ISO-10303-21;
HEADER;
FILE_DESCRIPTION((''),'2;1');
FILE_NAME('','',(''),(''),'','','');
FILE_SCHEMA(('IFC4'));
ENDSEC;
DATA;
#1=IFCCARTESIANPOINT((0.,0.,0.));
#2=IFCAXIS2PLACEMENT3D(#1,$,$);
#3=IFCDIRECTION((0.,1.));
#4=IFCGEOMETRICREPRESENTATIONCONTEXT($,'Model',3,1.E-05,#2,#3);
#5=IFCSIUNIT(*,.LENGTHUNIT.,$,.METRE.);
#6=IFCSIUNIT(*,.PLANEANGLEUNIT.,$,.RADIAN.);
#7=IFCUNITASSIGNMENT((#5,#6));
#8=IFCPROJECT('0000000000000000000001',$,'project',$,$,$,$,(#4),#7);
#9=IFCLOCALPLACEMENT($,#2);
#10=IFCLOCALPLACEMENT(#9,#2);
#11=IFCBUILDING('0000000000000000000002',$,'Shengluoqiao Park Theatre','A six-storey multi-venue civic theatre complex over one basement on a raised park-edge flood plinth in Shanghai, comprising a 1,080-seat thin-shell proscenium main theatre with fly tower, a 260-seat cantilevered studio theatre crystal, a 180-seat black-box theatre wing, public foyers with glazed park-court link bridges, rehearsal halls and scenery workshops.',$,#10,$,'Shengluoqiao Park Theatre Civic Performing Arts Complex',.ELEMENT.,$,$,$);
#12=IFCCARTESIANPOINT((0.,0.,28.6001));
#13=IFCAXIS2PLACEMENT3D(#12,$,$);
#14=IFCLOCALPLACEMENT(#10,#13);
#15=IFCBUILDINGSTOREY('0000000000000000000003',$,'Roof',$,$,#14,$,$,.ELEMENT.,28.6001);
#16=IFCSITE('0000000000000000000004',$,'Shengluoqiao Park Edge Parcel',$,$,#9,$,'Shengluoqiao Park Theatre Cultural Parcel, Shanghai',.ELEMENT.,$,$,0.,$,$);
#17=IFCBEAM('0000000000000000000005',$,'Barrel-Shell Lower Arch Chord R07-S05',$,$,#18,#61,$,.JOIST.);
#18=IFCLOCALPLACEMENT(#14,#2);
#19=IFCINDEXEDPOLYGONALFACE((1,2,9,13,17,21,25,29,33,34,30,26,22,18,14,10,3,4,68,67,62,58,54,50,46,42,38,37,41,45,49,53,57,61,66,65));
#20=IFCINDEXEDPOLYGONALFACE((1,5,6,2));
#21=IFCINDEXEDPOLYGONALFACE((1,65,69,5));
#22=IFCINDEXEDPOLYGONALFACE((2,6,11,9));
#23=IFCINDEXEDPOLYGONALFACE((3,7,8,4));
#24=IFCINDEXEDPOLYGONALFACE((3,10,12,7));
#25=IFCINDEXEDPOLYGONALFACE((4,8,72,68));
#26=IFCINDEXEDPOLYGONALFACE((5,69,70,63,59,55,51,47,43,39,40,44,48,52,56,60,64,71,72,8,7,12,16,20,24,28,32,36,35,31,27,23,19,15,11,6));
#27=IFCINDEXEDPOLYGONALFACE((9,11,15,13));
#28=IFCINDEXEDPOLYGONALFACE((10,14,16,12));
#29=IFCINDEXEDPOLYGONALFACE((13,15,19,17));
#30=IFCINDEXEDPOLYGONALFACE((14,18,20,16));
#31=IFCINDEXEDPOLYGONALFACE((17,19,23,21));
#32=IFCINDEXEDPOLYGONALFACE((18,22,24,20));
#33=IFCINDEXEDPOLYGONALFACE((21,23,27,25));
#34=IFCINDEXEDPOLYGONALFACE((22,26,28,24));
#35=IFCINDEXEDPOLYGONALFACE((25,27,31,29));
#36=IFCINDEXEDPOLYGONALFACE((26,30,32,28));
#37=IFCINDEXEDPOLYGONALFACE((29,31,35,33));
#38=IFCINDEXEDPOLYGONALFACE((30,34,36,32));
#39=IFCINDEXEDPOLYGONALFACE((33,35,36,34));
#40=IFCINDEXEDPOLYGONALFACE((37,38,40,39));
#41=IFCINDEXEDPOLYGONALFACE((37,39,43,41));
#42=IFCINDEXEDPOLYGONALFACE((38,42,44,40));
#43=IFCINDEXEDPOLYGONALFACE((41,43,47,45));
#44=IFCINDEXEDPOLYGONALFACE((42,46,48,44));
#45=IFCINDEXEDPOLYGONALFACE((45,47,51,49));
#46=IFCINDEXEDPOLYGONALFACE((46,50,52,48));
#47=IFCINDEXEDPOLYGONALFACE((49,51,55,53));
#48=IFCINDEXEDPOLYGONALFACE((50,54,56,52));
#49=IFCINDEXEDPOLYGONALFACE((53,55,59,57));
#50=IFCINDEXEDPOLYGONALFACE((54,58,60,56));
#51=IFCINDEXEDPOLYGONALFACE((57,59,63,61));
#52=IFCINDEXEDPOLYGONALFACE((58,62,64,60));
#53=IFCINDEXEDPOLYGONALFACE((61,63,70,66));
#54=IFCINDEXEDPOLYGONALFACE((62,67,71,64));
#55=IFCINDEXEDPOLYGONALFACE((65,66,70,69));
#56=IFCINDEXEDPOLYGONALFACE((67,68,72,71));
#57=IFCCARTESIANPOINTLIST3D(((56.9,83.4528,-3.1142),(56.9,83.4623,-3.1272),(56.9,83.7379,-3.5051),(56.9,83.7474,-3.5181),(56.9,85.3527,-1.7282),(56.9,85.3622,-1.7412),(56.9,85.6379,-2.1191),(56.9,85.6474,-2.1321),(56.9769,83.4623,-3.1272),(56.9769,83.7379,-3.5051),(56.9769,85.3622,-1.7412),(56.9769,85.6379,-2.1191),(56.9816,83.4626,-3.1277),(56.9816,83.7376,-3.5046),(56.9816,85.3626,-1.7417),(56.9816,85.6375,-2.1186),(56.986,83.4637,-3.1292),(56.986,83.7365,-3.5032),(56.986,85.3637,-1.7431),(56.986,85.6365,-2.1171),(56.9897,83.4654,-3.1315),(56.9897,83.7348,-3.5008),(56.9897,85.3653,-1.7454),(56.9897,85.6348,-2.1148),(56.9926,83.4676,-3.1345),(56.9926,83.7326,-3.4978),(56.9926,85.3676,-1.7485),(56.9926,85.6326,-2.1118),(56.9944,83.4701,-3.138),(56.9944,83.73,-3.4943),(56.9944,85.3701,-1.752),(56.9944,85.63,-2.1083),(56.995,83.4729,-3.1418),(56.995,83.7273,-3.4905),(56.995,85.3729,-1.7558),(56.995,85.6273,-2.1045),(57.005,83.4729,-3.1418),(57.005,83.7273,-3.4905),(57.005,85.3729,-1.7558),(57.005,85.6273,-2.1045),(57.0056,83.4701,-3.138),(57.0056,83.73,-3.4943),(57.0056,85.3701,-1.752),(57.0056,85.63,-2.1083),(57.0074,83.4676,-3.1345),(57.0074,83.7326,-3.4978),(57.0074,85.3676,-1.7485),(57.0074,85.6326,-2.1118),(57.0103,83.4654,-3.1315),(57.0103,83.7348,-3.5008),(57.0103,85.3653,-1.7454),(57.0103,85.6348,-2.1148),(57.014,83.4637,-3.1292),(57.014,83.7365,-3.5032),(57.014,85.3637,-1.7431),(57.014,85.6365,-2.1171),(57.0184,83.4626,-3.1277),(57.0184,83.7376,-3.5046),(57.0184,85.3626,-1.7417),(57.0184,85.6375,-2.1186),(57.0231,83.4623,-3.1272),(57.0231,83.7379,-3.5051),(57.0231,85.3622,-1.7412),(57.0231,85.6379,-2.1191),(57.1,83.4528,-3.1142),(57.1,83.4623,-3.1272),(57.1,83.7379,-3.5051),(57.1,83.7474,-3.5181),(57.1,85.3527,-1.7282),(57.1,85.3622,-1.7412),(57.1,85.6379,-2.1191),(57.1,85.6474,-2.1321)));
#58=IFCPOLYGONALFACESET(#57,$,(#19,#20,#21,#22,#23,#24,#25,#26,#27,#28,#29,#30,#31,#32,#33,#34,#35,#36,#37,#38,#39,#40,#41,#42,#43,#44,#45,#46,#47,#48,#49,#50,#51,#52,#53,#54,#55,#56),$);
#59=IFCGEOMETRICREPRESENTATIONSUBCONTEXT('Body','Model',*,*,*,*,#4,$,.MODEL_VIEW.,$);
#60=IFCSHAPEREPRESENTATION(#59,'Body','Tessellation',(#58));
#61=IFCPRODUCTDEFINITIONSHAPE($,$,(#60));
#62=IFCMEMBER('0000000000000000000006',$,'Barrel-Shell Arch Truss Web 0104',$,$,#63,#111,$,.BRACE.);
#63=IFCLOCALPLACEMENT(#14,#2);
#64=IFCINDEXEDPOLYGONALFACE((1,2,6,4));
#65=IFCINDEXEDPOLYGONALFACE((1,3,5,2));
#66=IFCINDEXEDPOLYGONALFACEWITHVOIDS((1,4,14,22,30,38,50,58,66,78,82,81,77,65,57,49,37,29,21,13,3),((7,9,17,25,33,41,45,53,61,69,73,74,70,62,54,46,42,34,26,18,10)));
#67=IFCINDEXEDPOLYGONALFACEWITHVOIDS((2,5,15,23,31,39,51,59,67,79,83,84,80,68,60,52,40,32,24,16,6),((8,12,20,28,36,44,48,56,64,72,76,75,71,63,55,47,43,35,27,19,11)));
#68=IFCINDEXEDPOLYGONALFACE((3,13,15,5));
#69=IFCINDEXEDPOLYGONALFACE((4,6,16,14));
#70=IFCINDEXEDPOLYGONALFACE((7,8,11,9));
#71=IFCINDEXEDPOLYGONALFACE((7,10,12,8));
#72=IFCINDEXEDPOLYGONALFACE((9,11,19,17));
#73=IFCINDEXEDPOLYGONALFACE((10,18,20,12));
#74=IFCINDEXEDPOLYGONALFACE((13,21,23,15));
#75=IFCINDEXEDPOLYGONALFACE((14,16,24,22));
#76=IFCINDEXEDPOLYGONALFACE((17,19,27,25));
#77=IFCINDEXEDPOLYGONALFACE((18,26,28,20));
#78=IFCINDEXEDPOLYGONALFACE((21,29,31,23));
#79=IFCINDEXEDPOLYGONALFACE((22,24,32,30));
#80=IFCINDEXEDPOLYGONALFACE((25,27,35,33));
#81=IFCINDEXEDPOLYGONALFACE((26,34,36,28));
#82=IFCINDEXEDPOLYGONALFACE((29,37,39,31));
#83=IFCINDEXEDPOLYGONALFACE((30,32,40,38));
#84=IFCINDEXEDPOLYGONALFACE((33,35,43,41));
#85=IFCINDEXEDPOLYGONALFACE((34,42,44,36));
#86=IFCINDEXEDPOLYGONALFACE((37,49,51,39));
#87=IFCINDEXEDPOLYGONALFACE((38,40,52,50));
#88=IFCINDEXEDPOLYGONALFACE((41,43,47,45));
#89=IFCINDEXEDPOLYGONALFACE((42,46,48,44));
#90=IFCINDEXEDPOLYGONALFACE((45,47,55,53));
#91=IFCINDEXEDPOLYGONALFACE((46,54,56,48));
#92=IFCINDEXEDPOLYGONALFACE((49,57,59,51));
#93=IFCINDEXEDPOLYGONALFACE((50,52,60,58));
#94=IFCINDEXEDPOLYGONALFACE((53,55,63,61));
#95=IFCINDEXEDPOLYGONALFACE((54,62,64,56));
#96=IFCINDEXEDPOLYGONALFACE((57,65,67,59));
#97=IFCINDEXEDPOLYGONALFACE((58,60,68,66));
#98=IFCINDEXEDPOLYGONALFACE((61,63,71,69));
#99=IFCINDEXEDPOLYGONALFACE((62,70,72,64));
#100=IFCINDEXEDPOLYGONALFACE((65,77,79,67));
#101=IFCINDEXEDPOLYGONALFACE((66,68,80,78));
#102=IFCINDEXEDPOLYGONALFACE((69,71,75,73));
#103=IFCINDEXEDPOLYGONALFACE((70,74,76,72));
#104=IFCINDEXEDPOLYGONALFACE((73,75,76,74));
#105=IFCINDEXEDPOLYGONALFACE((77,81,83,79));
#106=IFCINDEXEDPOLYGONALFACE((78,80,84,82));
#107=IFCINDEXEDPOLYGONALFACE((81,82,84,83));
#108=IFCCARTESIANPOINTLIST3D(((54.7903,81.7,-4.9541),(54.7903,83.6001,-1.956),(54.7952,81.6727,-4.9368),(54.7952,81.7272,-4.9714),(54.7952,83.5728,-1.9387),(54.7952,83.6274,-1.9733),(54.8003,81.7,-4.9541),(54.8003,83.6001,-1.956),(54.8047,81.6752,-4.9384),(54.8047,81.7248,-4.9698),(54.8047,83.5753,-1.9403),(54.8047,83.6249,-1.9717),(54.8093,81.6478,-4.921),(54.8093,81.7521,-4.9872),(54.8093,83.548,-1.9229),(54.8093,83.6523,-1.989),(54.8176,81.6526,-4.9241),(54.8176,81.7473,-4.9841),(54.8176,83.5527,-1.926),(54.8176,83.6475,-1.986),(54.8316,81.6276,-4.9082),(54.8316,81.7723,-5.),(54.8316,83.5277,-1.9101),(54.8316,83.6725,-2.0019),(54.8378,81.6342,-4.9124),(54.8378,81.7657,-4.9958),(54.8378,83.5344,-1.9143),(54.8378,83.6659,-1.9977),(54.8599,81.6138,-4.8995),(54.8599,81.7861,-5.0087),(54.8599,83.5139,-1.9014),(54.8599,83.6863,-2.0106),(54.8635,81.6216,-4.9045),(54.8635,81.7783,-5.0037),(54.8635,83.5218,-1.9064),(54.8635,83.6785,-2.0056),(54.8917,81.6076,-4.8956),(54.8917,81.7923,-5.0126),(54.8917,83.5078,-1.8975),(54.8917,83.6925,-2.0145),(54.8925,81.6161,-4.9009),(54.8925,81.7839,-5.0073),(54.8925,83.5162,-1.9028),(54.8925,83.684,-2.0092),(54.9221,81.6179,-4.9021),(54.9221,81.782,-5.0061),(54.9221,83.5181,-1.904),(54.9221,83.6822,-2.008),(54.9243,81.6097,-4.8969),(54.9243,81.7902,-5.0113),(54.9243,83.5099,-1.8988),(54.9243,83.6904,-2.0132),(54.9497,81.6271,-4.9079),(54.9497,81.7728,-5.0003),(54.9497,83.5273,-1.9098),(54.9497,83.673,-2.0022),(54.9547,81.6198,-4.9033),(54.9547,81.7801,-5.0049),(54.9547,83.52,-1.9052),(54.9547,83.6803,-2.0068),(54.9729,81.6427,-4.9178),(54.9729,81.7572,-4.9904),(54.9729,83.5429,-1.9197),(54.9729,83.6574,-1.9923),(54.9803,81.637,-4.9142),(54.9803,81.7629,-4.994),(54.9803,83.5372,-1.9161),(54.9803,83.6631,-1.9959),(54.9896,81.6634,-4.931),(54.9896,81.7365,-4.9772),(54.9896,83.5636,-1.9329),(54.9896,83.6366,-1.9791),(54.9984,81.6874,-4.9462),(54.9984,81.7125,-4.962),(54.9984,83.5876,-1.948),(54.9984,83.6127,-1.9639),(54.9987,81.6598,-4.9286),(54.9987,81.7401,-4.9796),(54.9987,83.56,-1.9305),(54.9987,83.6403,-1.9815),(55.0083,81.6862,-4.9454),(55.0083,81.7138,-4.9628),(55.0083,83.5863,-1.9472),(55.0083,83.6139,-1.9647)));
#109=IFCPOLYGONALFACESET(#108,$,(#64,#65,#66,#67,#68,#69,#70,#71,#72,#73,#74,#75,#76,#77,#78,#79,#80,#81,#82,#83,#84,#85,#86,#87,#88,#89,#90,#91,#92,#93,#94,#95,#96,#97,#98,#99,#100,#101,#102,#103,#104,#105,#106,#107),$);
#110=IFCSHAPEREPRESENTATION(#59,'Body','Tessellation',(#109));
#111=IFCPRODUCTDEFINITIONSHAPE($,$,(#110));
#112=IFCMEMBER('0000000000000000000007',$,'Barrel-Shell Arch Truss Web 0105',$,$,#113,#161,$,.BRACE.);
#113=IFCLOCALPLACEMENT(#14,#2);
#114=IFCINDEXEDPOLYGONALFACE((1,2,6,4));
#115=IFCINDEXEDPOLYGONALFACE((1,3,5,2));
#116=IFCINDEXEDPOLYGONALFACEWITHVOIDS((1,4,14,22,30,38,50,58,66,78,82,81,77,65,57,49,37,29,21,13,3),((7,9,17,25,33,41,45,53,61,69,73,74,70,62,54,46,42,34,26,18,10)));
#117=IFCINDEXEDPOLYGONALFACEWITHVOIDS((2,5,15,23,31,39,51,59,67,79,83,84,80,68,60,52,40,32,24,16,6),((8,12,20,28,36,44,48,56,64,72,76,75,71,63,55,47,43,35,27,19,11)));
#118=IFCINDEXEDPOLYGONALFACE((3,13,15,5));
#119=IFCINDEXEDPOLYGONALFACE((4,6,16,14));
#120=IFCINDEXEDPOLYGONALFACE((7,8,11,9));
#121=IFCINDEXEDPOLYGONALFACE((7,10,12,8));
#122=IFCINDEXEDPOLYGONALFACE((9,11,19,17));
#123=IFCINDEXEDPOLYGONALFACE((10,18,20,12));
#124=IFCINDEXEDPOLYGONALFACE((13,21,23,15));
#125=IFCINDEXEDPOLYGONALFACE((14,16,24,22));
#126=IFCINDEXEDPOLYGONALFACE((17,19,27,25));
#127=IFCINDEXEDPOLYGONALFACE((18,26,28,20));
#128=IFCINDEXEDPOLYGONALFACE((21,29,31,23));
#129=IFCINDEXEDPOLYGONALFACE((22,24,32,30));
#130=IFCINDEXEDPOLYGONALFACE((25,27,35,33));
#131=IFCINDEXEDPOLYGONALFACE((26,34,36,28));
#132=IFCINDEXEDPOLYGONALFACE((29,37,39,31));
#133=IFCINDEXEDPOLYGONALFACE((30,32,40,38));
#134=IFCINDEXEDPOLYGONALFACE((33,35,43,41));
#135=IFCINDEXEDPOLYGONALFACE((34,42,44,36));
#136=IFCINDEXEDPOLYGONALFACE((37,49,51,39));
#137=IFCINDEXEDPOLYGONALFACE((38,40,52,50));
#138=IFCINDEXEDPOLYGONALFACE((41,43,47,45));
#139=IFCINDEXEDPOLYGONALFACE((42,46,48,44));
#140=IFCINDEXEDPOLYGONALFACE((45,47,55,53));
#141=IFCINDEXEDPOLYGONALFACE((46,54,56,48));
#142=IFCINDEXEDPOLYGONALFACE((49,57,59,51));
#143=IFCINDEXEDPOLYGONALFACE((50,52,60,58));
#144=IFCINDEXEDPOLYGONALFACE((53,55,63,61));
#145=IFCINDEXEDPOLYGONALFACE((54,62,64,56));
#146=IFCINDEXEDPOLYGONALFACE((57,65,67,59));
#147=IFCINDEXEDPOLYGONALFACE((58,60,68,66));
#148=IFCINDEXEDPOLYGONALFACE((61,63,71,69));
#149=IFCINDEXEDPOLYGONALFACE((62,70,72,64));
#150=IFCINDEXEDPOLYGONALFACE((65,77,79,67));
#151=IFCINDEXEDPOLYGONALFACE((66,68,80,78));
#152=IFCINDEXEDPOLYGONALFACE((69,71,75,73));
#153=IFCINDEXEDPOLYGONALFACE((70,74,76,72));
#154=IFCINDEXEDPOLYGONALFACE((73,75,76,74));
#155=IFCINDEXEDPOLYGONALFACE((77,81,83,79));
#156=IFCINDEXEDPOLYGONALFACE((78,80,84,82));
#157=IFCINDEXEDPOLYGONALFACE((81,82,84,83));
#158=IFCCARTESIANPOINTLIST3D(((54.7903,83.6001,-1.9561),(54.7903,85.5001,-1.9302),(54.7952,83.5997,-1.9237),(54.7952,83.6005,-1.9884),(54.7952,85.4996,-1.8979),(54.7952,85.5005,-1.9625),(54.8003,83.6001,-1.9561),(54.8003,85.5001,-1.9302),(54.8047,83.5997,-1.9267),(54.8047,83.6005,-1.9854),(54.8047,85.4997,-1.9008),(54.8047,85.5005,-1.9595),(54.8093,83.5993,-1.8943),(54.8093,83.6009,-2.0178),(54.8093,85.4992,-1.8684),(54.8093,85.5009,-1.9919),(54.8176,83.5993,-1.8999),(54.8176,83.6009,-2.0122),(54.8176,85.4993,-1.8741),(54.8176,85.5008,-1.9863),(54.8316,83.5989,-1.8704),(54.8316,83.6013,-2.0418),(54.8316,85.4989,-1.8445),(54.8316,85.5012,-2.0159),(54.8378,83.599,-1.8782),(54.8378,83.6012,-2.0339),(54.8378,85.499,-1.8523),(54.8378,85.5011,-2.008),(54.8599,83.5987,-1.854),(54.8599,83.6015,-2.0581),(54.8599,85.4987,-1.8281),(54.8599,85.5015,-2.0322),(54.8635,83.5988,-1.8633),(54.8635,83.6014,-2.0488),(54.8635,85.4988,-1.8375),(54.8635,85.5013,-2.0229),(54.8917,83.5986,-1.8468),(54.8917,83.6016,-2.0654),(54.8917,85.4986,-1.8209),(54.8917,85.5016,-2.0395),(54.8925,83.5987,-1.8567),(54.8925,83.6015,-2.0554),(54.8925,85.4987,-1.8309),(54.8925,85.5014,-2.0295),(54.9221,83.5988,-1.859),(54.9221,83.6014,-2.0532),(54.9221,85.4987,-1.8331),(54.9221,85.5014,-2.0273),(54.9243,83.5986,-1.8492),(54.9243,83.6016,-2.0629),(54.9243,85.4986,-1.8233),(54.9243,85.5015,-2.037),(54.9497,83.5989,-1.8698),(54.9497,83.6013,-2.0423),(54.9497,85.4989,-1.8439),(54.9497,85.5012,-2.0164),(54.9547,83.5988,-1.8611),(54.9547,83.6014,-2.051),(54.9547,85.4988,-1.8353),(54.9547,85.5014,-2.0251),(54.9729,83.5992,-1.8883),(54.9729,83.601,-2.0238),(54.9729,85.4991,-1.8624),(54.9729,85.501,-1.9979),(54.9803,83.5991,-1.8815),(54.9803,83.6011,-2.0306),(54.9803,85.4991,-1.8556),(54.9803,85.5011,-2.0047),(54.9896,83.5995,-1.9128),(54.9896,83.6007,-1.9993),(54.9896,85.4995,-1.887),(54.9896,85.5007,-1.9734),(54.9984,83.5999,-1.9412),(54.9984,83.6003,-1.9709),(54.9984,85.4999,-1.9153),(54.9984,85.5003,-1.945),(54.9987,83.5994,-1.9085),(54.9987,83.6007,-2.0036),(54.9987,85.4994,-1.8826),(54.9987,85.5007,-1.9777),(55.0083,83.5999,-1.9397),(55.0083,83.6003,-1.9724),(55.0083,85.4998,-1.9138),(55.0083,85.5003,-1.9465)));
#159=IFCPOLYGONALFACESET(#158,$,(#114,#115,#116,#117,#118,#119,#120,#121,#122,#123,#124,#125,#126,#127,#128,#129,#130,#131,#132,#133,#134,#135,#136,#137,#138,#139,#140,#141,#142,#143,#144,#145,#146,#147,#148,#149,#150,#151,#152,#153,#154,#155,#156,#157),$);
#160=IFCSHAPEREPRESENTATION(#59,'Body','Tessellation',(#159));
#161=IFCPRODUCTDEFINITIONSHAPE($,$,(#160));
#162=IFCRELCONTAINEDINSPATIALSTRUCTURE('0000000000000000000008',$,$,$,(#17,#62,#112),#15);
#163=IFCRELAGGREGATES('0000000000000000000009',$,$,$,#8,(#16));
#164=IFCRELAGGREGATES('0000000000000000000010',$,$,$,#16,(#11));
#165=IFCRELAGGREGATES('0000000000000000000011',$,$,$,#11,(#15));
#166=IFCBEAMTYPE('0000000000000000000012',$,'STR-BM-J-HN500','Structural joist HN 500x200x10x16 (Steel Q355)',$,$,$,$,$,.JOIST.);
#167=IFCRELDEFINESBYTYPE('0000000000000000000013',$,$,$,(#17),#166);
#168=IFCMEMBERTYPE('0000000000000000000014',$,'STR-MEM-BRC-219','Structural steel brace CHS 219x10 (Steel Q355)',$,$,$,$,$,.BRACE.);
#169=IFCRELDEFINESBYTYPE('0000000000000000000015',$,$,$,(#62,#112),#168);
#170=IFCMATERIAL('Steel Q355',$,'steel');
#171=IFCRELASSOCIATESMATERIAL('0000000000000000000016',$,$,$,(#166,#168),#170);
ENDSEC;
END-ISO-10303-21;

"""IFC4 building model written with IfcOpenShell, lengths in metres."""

from ifc_helpers import new_model, si_unit, direction, frame, origin, origin_2d, place, context, subcontext, project, spatial, hollow_circle, i_section, extrude, material, material_profile, profile_set, type_object, element, save


model = new_model("IFC4")

# Units and contexts
model_context = context("Model", 3, precision=1e-05, world=origin(), true_north=direction((0.0, 1.0)))
body_context = subcontext(model_context, "Body", "Model", "MODEL_VIEW")
ifc_project = project(units=[si_unit("LENGTHUNIT", "METRE"), si_unit("PLANEANGLEUNIT", "RADIAN")], contexts=[model_context])

# Site, building, storey
site_placement = place(None, origin())
site = spatial("IfcSite", under=ifc_project, at=site_placement, Name="Shengluoqiao Park Edge Parcel", LongName="Shengluoqiao Park Theatre Cultural Parcel, Shanghai", CompositionType="ELEMENT", RefElevation=0.0)
building_placement = place(site_placement, origin())
building = spatial("IfcBuilding", under=site, at=building_placement, Name="Shengluoqiao Park Theatre", Description="A six-storey multi-venue civic theatre complex over one basement on a raised park-edge flood plinth in Shanghai, comprising a 1,080-seat thin-shell proscenium main theatre with fly tower, a 260-seat cantilevered studio theatre crystal, a 180-seat black-box theatre wing, public foyers with glazed park-court link bridges, rehearsal halls and scenery workshops.", LongName="Shengluoqiao Park Theatre Civic Performing Arts Complex", CompositionType="ELEMENT")
storey_placement = place(building_placement, frame((0.0, 0.0, 28.6001)))
storey = spatial("IfcBuildingStorey", under=building, at=storey_placement, Name="Roof", CompositionType="ELEMENT", Elevation=28.6001)

# Beam
ifc_material_1 = material(Name="Steel Q355", Category="steel")
ifc_material_profile_1 = material_profile(ifc_material_1, i_section(OverallWidth=0.2, OverallDepth=0.5, WebThickness=0.01, FlangeThickness=0.0161, FilletRadius=0.0181, at=origin_2d()), Name="HN 500x200x10x16")
ifc_profile_set_1 = profile_set([ifc_material_profile_1], Name="Steel Q355")
beam_type_1 = type_object("IfcBeamType", Name="STR-BM-J-HN500", Description="Structural joist HN 500x200x10x16 (Steel Q355)", PredefinedType="JOIST", material=ifc_profile_set_1)
beam_1_placement = place(storey_placement, frame((57.0, 83.6001, -3.3162), z_axis=(0.0, 0.807878, 0.58935), x_axis=(-1.0, 0.0, 0.0)))
element("IfcBeam", 1, at=beam_1_placement, inside=storey, type_object=beam_type_1, Name="Barrel-Shell Lower Arch Chord R07-S05", PredefinedType="JOIST", context=body_context, shape_type="SweptSolid", body=[
    extrude(i_section(OverallWidth=0.2, OverallDepth=0.5, WebThickness=0.01, FlangeThickness=0.0161, FilletRadius=0.0181, at=origin_2d()), origin(), (0.0, 0.0, 1.0), 2.3518),
])

# Members
ifc_material_profile_2 = material_profile(ifc_material_1, hollow_circle(Radius=0.1096, WallThickness=0.01, at=origin_2d()), Name="CHS 219x10")
ifc_profile_set_2 = profile_set([ifc_material_profile_2], Name="Steel Q355")
member_type_1 = type_object("IfcMemberType", Name="STR-MEM-BRC-219", Description="Structural steel brace CHS 219x10 (Steel Q355)", PredefinedType="BRACE", material=ifc_profile_set_2)
member_1_placement = place(storey_placement, frame((54.8999, 81.7, -4.9541), z_axis=(0.0, 0.53533, 0.844643), x_axis=(-1.0, 0.0, 0.0)))
element("IfcMember", 2, at=member_1_placement, inside=storey, type_object=member_type_1, Name="Barrel-Shell Arch Truss Web 0104", PredefinedType="BRACE", context=body_context, shape_type="SweptSolid", body=[
    extrude(hollow_circle(Radius=0.1096, WallThickness=0.01, at=origin_2d()), origin(), (0.0, 0.0, 1.0), 3.5496),
])
member_2_placement = place(storey_placement, frame((54.8999, 83.6001, -1.9561), z_axis=(0.0, 0.999907, 0.01362), x_axis=(-1.0, 0.0, 0.0)))
element("IfcMember", 3, at=member_2_placement, inside=storey, type_object=member_type_1, Name="Barrel-Shell Arch Truss Web 0105", PredefinedType="BRACE", context=body_context, shape_type="SweptSolid", body=[
    extrude(hollow_circle(Radius=0.1096, WallThickness=0.01, at=origin_2d()), origin(), (0.0, 0.0, 1.0), 1.9001),
])

save(model, "model.ifc")
